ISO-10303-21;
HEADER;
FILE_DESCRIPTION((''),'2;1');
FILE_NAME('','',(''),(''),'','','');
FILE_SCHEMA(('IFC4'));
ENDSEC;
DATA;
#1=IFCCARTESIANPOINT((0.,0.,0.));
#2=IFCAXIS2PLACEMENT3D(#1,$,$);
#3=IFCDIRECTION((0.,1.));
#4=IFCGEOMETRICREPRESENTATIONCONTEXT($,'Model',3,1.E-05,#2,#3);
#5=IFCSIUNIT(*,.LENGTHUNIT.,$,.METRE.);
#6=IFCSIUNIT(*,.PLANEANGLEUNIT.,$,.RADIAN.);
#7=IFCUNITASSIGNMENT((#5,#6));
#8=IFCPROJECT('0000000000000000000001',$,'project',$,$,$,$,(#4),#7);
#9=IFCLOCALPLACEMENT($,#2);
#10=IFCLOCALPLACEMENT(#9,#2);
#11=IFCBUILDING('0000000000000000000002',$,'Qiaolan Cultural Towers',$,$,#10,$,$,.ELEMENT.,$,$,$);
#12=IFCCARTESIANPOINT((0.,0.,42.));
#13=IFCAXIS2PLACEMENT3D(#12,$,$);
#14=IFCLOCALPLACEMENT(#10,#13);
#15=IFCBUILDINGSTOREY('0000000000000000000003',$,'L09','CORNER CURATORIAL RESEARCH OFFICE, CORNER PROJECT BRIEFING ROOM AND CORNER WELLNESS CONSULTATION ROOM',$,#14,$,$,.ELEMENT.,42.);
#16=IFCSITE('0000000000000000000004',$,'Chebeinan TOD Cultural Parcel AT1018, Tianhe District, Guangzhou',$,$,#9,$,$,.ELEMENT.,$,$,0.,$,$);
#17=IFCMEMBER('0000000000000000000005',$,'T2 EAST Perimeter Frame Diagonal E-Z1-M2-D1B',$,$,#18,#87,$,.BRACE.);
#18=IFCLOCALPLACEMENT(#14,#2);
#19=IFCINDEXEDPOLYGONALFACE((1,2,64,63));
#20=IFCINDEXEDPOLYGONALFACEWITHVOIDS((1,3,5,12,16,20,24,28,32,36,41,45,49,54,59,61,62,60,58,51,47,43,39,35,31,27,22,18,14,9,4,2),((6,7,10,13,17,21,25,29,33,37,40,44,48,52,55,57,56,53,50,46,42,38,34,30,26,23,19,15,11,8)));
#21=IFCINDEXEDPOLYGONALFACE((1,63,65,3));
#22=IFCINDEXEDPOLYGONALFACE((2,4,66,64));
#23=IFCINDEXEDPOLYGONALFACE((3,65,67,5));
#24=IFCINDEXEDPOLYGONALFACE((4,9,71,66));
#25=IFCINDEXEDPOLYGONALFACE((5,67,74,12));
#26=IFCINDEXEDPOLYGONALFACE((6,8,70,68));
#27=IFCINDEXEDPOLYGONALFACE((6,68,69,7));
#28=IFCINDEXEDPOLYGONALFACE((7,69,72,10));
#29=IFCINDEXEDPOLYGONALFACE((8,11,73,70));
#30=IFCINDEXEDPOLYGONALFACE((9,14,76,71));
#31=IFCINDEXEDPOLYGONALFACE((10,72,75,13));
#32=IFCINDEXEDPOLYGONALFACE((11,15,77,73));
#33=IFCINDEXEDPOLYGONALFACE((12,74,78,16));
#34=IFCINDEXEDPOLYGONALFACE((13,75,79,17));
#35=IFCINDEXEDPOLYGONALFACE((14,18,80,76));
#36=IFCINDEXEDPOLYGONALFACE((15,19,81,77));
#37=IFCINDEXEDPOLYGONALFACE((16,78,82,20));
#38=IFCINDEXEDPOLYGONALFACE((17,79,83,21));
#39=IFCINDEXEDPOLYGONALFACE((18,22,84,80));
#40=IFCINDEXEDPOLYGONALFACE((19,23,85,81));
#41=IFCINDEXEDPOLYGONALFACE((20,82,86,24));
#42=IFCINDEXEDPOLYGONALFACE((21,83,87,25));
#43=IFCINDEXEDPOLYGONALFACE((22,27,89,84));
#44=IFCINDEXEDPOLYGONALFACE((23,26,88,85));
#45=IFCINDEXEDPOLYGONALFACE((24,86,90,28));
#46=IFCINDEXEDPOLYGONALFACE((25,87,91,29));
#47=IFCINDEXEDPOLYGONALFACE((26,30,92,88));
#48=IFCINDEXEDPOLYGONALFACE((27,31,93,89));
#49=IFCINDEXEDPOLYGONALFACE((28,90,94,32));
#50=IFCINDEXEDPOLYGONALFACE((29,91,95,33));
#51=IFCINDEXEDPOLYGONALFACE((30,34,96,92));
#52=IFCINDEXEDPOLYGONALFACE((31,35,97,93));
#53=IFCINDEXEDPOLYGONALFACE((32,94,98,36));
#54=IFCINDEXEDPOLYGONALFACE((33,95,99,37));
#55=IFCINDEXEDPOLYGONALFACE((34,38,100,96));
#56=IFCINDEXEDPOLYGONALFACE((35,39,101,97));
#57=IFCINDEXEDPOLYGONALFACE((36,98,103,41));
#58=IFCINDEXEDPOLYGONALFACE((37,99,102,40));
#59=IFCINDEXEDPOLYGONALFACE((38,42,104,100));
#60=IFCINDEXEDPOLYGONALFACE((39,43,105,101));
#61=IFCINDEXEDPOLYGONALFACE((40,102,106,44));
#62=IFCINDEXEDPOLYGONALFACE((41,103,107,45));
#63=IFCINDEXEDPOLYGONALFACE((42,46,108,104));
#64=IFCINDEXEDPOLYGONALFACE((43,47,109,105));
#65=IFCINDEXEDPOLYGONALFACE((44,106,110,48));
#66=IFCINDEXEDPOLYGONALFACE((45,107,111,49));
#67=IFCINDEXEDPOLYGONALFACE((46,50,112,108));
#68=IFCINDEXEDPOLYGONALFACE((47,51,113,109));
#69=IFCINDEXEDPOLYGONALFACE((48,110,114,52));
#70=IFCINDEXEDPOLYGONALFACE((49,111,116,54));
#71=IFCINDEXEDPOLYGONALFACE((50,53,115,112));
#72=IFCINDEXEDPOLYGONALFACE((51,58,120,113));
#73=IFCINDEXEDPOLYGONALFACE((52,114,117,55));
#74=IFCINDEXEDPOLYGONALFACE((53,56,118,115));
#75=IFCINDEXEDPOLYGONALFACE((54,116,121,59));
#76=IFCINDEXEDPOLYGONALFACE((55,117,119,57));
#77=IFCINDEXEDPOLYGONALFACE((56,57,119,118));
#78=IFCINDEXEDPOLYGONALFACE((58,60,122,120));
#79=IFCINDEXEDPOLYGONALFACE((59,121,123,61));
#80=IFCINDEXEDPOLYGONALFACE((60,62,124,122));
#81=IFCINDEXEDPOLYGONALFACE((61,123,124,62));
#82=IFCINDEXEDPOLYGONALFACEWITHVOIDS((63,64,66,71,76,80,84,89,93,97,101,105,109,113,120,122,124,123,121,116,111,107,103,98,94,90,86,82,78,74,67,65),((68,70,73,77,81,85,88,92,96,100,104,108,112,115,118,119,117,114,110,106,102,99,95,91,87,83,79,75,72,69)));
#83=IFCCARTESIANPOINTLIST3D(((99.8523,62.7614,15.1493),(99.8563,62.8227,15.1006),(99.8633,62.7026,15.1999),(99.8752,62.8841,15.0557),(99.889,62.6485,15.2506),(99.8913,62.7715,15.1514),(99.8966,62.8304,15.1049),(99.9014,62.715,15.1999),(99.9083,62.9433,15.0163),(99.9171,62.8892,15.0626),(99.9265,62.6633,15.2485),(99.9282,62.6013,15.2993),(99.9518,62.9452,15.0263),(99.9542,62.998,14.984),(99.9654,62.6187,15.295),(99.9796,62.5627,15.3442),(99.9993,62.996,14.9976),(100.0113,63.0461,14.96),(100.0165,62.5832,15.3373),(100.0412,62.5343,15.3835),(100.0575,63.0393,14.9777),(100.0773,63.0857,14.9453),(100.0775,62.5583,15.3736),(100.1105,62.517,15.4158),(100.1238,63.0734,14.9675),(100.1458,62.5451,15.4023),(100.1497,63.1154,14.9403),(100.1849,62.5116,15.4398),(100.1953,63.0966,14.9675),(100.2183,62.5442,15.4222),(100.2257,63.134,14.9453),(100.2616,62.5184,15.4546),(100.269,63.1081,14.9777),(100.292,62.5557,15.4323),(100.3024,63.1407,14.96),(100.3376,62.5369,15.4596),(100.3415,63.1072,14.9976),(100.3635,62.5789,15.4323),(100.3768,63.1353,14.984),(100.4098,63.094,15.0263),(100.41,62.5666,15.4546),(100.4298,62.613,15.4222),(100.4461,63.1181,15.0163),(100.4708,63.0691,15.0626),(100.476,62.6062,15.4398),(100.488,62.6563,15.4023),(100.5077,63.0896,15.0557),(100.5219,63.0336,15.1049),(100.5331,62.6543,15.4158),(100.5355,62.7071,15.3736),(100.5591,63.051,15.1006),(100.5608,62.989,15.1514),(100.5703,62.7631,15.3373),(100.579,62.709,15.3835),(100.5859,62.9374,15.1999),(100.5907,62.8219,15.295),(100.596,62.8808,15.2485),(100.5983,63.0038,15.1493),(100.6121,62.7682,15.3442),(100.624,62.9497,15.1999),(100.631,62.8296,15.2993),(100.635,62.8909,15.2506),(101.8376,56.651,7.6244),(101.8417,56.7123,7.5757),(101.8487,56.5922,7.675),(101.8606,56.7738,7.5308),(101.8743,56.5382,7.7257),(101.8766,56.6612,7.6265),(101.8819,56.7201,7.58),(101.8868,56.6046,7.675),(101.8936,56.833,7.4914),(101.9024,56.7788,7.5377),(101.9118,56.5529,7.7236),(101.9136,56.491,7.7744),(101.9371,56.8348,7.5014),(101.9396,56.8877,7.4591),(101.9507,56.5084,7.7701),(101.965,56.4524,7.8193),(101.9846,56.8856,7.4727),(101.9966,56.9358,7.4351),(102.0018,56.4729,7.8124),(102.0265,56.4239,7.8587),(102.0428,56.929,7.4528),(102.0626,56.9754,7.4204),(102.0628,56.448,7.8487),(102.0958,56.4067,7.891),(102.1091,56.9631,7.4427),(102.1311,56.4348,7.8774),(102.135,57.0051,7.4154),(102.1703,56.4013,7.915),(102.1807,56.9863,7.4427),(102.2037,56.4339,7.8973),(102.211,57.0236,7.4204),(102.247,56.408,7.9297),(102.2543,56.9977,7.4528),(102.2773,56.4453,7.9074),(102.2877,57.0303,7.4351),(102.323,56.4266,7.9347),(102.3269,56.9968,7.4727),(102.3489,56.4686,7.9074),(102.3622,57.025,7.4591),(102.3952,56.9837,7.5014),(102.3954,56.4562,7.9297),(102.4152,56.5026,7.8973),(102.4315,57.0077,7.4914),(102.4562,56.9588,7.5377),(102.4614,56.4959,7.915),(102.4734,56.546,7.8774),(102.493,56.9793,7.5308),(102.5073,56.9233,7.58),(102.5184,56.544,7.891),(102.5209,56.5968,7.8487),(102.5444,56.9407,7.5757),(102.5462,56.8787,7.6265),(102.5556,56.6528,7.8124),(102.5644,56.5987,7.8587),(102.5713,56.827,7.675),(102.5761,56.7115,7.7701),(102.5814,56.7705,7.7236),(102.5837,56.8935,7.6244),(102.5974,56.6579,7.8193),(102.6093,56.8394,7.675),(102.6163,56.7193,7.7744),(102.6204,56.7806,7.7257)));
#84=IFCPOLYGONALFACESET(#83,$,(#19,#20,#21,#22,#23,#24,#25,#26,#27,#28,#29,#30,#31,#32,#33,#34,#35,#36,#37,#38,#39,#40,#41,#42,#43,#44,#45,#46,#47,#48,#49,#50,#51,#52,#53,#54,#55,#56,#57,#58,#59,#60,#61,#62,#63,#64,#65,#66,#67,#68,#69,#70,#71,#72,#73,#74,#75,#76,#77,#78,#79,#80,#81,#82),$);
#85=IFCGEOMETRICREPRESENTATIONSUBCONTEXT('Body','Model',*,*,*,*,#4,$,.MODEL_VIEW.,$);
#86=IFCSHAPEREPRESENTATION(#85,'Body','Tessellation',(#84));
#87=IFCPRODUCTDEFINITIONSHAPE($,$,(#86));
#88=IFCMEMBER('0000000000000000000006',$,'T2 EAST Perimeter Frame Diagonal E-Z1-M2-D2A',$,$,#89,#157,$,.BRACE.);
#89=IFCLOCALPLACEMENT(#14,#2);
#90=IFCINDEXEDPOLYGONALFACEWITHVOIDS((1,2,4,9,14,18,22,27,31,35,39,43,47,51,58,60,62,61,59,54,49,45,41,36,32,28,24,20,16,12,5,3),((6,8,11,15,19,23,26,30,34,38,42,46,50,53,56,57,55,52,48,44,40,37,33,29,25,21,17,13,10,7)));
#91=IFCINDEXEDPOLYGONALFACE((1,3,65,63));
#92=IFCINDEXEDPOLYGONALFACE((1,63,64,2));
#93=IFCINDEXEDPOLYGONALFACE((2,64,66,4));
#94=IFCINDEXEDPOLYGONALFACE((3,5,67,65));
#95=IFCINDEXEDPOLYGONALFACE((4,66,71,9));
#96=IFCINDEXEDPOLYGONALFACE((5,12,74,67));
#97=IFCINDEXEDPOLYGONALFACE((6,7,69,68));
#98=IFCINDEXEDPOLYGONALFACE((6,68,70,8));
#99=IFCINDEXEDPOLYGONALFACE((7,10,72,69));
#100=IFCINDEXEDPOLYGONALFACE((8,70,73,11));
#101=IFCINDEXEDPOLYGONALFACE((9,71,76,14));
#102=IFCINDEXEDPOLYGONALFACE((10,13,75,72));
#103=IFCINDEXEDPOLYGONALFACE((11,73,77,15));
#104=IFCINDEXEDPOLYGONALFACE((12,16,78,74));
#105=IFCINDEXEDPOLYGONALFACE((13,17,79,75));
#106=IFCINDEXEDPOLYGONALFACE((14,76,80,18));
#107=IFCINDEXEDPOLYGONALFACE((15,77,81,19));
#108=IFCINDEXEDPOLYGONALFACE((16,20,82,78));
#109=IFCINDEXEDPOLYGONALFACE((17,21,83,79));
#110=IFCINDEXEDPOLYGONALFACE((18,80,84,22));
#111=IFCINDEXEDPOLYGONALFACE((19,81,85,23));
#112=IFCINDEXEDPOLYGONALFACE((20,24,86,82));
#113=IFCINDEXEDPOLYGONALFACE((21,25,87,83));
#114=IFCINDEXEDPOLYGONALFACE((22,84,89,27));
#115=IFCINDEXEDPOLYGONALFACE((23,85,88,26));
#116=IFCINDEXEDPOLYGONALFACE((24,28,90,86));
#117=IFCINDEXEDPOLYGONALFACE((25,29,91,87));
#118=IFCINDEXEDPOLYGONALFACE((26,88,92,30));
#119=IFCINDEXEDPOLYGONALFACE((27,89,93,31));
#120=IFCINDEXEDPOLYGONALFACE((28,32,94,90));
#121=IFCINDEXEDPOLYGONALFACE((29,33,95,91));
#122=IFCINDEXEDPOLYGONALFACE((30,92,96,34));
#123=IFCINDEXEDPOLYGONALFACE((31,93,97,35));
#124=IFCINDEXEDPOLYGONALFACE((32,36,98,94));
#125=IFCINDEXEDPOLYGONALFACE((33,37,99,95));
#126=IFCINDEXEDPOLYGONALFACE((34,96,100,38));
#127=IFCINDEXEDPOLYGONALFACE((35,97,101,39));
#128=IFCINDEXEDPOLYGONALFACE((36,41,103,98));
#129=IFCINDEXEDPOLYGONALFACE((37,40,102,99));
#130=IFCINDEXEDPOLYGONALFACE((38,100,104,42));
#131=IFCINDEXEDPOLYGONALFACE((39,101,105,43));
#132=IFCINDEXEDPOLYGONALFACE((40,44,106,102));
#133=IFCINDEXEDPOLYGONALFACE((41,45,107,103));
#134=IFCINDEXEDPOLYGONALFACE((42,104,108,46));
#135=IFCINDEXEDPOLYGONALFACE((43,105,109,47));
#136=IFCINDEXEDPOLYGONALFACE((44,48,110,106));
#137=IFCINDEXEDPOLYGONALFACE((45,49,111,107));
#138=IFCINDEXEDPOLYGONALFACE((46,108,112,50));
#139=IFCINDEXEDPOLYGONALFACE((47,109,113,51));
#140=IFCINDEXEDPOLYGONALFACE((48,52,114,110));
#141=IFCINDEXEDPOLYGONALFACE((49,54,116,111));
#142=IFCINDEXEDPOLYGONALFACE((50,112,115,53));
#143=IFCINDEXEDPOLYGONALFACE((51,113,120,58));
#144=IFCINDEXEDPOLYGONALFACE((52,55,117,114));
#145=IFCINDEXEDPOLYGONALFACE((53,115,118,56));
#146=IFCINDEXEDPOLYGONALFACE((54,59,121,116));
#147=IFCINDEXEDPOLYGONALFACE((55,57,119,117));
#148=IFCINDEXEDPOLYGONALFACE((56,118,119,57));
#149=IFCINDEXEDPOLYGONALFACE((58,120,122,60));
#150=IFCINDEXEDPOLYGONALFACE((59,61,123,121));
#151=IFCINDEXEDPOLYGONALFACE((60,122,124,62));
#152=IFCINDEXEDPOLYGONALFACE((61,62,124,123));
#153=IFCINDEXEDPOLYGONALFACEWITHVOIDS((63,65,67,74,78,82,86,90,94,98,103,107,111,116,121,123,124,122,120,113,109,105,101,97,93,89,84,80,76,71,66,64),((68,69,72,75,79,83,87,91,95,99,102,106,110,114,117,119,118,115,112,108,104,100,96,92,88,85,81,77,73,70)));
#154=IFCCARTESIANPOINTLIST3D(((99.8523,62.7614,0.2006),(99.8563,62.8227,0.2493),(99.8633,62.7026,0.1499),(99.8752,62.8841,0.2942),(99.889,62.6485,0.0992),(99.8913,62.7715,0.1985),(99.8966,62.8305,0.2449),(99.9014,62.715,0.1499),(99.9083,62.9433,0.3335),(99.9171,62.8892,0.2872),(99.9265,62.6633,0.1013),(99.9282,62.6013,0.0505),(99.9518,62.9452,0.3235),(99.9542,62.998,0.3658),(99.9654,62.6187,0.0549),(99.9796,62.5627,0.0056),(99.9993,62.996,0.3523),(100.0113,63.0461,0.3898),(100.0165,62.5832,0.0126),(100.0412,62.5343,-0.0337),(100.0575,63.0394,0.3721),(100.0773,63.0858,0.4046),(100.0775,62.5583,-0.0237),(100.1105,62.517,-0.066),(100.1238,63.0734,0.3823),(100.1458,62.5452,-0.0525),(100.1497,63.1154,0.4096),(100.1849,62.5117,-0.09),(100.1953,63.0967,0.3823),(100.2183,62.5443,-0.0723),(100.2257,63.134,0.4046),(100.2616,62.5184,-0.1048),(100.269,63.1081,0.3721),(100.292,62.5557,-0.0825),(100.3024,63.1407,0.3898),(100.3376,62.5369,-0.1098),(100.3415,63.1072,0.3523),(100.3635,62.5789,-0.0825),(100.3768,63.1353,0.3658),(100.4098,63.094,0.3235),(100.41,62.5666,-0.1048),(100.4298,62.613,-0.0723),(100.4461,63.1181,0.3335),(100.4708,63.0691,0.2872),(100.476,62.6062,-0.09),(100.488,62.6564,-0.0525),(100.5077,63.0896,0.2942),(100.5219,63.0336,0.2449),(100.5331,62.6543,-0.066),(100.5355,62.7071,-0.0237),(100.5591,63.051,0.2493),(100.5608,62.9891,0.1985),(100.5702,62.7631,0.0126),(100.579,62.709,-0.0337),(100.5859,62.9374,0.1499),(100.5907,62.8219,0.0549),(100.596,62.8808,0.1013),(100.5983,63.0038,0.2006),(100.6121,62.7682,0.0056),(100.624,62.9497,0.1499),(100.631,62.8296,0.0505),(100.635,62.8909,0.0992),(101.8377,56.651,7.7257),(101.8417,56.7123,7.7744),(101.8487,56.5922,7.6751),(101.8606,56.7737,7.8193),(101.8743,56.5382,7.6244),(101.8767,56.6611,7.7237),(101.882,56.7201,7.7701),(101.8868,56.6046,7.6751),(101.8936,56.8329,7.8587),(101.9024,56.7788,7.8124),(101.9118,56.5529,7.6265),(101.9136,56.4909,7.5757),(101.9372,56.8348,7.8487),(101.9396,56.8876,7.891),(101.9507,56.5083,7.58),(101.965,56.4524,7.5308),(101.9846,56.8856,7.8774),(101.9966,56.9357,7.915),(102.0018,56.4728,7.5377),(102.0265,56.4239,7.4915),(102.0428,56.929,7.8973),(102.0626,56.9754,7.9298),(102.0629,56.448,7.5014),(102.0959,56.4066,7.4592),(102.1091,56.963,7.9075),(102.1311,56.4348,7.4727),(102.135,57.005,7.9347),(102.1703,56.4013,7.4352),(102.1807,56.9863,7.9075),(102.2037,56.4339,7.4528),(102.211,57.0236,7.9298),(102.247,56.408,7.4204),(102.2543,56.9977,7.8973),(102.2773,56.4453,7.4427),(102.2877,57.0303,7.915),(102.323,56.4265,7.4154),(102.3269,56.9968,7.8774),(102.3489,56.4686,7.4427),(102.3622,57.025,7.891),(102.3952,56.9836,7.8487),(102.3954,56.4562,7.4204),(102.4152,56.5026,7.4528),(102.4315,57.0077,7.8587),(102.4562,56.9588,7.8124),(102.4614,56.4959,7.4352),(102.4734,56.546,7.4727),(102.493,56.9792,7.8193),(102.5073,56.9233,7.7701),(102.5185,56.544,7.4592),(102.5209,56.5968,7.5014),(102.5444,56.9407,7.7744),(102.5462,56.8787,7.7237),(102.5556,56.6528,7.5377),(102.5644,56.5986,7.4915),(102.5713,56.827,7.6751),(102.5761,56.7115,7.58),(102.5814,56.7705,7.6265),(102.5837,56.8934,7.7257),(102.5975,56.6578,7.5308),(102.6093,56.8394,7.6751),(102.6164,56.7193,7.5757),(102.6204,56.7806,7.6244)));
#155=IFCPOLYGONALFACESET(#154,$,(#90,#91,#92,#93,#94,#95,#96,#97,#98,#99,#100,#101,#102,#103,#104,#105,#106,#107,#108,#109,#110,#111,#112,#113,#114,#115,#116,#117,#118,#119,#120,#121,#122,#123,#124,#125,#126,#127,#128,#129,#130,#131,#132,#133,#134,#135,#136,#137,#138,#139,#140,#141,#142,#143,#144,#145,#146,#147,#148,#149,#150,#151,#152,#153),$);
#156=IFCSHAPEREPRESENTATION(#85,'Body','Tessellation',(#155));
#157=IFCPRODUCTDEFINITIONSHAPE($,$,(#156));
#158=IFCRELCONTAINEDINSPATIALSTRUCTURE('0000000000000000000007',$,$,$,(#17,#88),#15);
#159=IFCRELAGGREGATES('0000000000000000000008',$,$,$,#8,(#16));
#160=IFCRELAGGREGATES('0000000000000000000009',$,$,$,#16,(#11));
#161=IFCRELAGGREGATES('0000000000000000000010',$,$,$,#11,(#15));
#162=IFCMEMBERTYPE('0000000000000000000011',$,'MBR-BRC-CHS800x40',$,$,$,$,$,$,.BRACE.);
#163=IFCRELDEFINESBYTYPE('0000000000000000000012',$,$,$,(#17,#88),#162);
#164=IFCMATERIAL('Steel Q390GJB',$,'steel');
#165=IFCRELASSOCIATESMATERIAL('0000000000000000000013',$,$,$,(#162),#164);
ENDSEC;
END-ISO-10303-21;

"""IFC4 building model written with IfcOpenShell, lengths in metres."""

from ifc_helpers import new_model, si_unit, direction, frame, origin, origin_2d, place, context, subcontext, project, spatial, hollow_circle, extrude, material, material_profile, profile_set, type_object, element, save


model = new_model("IFC4")

# Units and contexts
model_context = context("Model", 3, precision=1e-05, world=origin(), true_north=direction((0.0, 1.0)))
body_context = subcontext(model_context, "Body", "Model", "MODEL_VIEW")
ifc_project = project(units=[si_unit("LENGTHUNIT", "METRE"), si_unit("PLANEANGLEUNIT", "RADIAN")], contexts=[model_context])

# Site, building, storey
site_placement = place(None, origin())
site = spatial("IfcSite", under=ifc_project, at=site_placement, Name="Chebeinan TOD Cultural Parcel AT1018, Tianhe District, Guangzhou", CompositionType="ELEMENT", RefElevation=0.0)
building_placement = place(site_placement, origin())
building = spatial("IfcBuilding", under=site, at=building_placement, Name="Qiaolan Cultural Towers", CompositionType="ELEMENT")
storey_placement = place(building_placement, frame((0.0, 0.0, 42.0)))
storey = spatial("IfcBuildingStorey", under=building, at=storey_placement, Name="L09", Description="CORNER CURATORIAL RESEARCH OFFICE, CORNER PROJECT BRIEFING ROOM AND CORNER WELLNESS CONSULTATION ROOM", CompositionType="ELEMENT", Elevation=42.0)

# Members
ifc_material_1 = material(Name="Steel Q390GJB", Category="steel")
ifc_material_profile_1 = material_profile(ifc_material_1, hollow_circle(Radius=0.3999, WallThickness=0.04, at=origin_2d()), Name="CHS800x40")
ifc_profile_set_1 = profile_set([ifc_material_profile_1], Name="Steel Q390GJB")
member_type = type_object("IfcMemberType", Name="MBR-BRC-CHS800x40", PredefinedType="BRACE", material=ifc_profile_set_1)
member_1_placement = place(storey_placement, frame((102.229, 56.7158, 7.675), z_axis=(-0.200651, 0.617547, 0.76051), x_axis=(-0.951058, -0.309014, 0.0)))
element("IfcMember", 1, at=member_1_placement, inside=storey, type_object=member_type, Name="T2 EAST Perimeter Frame Diagonal E-Z1-M2-D1B", PredefinedType="BRACE", context=body_context, shape_type="SweptSolid", body=[
    extrude(hollow_circle(Radius=0.3999, WallThickness=0.04, at=origin_2d()), origin(), (0.0, 0.0, 1.0), 9.8945),
])
for number, where, z_axis, x_axis, name in (
    (2, (100.2437, 62.8262, 0.1499), (0.200647, -0.617535, 0.76052), (0.951058, 0.309014, 0.0), "T2 EAST Perimeter Frame Diagonal E-Z1-M2-D2A"),
):
    element("IfcMember", number, at=place(storey_placement, frame(where, z_axis=z_axis, x_axis=x_axis)), inside=storey, type_object=member_type, Name=name, PredefinedType="BRACE", context=body_context, shape_type="SweptSolid", body=[
        extrude(hollow_circle(Radius=0.3999, WallThickness=0.04, at=origin_2d()), origin(), (0.0, 0.0, 1.0), 9.8948),
    ])

save(model, "model.ifc")
